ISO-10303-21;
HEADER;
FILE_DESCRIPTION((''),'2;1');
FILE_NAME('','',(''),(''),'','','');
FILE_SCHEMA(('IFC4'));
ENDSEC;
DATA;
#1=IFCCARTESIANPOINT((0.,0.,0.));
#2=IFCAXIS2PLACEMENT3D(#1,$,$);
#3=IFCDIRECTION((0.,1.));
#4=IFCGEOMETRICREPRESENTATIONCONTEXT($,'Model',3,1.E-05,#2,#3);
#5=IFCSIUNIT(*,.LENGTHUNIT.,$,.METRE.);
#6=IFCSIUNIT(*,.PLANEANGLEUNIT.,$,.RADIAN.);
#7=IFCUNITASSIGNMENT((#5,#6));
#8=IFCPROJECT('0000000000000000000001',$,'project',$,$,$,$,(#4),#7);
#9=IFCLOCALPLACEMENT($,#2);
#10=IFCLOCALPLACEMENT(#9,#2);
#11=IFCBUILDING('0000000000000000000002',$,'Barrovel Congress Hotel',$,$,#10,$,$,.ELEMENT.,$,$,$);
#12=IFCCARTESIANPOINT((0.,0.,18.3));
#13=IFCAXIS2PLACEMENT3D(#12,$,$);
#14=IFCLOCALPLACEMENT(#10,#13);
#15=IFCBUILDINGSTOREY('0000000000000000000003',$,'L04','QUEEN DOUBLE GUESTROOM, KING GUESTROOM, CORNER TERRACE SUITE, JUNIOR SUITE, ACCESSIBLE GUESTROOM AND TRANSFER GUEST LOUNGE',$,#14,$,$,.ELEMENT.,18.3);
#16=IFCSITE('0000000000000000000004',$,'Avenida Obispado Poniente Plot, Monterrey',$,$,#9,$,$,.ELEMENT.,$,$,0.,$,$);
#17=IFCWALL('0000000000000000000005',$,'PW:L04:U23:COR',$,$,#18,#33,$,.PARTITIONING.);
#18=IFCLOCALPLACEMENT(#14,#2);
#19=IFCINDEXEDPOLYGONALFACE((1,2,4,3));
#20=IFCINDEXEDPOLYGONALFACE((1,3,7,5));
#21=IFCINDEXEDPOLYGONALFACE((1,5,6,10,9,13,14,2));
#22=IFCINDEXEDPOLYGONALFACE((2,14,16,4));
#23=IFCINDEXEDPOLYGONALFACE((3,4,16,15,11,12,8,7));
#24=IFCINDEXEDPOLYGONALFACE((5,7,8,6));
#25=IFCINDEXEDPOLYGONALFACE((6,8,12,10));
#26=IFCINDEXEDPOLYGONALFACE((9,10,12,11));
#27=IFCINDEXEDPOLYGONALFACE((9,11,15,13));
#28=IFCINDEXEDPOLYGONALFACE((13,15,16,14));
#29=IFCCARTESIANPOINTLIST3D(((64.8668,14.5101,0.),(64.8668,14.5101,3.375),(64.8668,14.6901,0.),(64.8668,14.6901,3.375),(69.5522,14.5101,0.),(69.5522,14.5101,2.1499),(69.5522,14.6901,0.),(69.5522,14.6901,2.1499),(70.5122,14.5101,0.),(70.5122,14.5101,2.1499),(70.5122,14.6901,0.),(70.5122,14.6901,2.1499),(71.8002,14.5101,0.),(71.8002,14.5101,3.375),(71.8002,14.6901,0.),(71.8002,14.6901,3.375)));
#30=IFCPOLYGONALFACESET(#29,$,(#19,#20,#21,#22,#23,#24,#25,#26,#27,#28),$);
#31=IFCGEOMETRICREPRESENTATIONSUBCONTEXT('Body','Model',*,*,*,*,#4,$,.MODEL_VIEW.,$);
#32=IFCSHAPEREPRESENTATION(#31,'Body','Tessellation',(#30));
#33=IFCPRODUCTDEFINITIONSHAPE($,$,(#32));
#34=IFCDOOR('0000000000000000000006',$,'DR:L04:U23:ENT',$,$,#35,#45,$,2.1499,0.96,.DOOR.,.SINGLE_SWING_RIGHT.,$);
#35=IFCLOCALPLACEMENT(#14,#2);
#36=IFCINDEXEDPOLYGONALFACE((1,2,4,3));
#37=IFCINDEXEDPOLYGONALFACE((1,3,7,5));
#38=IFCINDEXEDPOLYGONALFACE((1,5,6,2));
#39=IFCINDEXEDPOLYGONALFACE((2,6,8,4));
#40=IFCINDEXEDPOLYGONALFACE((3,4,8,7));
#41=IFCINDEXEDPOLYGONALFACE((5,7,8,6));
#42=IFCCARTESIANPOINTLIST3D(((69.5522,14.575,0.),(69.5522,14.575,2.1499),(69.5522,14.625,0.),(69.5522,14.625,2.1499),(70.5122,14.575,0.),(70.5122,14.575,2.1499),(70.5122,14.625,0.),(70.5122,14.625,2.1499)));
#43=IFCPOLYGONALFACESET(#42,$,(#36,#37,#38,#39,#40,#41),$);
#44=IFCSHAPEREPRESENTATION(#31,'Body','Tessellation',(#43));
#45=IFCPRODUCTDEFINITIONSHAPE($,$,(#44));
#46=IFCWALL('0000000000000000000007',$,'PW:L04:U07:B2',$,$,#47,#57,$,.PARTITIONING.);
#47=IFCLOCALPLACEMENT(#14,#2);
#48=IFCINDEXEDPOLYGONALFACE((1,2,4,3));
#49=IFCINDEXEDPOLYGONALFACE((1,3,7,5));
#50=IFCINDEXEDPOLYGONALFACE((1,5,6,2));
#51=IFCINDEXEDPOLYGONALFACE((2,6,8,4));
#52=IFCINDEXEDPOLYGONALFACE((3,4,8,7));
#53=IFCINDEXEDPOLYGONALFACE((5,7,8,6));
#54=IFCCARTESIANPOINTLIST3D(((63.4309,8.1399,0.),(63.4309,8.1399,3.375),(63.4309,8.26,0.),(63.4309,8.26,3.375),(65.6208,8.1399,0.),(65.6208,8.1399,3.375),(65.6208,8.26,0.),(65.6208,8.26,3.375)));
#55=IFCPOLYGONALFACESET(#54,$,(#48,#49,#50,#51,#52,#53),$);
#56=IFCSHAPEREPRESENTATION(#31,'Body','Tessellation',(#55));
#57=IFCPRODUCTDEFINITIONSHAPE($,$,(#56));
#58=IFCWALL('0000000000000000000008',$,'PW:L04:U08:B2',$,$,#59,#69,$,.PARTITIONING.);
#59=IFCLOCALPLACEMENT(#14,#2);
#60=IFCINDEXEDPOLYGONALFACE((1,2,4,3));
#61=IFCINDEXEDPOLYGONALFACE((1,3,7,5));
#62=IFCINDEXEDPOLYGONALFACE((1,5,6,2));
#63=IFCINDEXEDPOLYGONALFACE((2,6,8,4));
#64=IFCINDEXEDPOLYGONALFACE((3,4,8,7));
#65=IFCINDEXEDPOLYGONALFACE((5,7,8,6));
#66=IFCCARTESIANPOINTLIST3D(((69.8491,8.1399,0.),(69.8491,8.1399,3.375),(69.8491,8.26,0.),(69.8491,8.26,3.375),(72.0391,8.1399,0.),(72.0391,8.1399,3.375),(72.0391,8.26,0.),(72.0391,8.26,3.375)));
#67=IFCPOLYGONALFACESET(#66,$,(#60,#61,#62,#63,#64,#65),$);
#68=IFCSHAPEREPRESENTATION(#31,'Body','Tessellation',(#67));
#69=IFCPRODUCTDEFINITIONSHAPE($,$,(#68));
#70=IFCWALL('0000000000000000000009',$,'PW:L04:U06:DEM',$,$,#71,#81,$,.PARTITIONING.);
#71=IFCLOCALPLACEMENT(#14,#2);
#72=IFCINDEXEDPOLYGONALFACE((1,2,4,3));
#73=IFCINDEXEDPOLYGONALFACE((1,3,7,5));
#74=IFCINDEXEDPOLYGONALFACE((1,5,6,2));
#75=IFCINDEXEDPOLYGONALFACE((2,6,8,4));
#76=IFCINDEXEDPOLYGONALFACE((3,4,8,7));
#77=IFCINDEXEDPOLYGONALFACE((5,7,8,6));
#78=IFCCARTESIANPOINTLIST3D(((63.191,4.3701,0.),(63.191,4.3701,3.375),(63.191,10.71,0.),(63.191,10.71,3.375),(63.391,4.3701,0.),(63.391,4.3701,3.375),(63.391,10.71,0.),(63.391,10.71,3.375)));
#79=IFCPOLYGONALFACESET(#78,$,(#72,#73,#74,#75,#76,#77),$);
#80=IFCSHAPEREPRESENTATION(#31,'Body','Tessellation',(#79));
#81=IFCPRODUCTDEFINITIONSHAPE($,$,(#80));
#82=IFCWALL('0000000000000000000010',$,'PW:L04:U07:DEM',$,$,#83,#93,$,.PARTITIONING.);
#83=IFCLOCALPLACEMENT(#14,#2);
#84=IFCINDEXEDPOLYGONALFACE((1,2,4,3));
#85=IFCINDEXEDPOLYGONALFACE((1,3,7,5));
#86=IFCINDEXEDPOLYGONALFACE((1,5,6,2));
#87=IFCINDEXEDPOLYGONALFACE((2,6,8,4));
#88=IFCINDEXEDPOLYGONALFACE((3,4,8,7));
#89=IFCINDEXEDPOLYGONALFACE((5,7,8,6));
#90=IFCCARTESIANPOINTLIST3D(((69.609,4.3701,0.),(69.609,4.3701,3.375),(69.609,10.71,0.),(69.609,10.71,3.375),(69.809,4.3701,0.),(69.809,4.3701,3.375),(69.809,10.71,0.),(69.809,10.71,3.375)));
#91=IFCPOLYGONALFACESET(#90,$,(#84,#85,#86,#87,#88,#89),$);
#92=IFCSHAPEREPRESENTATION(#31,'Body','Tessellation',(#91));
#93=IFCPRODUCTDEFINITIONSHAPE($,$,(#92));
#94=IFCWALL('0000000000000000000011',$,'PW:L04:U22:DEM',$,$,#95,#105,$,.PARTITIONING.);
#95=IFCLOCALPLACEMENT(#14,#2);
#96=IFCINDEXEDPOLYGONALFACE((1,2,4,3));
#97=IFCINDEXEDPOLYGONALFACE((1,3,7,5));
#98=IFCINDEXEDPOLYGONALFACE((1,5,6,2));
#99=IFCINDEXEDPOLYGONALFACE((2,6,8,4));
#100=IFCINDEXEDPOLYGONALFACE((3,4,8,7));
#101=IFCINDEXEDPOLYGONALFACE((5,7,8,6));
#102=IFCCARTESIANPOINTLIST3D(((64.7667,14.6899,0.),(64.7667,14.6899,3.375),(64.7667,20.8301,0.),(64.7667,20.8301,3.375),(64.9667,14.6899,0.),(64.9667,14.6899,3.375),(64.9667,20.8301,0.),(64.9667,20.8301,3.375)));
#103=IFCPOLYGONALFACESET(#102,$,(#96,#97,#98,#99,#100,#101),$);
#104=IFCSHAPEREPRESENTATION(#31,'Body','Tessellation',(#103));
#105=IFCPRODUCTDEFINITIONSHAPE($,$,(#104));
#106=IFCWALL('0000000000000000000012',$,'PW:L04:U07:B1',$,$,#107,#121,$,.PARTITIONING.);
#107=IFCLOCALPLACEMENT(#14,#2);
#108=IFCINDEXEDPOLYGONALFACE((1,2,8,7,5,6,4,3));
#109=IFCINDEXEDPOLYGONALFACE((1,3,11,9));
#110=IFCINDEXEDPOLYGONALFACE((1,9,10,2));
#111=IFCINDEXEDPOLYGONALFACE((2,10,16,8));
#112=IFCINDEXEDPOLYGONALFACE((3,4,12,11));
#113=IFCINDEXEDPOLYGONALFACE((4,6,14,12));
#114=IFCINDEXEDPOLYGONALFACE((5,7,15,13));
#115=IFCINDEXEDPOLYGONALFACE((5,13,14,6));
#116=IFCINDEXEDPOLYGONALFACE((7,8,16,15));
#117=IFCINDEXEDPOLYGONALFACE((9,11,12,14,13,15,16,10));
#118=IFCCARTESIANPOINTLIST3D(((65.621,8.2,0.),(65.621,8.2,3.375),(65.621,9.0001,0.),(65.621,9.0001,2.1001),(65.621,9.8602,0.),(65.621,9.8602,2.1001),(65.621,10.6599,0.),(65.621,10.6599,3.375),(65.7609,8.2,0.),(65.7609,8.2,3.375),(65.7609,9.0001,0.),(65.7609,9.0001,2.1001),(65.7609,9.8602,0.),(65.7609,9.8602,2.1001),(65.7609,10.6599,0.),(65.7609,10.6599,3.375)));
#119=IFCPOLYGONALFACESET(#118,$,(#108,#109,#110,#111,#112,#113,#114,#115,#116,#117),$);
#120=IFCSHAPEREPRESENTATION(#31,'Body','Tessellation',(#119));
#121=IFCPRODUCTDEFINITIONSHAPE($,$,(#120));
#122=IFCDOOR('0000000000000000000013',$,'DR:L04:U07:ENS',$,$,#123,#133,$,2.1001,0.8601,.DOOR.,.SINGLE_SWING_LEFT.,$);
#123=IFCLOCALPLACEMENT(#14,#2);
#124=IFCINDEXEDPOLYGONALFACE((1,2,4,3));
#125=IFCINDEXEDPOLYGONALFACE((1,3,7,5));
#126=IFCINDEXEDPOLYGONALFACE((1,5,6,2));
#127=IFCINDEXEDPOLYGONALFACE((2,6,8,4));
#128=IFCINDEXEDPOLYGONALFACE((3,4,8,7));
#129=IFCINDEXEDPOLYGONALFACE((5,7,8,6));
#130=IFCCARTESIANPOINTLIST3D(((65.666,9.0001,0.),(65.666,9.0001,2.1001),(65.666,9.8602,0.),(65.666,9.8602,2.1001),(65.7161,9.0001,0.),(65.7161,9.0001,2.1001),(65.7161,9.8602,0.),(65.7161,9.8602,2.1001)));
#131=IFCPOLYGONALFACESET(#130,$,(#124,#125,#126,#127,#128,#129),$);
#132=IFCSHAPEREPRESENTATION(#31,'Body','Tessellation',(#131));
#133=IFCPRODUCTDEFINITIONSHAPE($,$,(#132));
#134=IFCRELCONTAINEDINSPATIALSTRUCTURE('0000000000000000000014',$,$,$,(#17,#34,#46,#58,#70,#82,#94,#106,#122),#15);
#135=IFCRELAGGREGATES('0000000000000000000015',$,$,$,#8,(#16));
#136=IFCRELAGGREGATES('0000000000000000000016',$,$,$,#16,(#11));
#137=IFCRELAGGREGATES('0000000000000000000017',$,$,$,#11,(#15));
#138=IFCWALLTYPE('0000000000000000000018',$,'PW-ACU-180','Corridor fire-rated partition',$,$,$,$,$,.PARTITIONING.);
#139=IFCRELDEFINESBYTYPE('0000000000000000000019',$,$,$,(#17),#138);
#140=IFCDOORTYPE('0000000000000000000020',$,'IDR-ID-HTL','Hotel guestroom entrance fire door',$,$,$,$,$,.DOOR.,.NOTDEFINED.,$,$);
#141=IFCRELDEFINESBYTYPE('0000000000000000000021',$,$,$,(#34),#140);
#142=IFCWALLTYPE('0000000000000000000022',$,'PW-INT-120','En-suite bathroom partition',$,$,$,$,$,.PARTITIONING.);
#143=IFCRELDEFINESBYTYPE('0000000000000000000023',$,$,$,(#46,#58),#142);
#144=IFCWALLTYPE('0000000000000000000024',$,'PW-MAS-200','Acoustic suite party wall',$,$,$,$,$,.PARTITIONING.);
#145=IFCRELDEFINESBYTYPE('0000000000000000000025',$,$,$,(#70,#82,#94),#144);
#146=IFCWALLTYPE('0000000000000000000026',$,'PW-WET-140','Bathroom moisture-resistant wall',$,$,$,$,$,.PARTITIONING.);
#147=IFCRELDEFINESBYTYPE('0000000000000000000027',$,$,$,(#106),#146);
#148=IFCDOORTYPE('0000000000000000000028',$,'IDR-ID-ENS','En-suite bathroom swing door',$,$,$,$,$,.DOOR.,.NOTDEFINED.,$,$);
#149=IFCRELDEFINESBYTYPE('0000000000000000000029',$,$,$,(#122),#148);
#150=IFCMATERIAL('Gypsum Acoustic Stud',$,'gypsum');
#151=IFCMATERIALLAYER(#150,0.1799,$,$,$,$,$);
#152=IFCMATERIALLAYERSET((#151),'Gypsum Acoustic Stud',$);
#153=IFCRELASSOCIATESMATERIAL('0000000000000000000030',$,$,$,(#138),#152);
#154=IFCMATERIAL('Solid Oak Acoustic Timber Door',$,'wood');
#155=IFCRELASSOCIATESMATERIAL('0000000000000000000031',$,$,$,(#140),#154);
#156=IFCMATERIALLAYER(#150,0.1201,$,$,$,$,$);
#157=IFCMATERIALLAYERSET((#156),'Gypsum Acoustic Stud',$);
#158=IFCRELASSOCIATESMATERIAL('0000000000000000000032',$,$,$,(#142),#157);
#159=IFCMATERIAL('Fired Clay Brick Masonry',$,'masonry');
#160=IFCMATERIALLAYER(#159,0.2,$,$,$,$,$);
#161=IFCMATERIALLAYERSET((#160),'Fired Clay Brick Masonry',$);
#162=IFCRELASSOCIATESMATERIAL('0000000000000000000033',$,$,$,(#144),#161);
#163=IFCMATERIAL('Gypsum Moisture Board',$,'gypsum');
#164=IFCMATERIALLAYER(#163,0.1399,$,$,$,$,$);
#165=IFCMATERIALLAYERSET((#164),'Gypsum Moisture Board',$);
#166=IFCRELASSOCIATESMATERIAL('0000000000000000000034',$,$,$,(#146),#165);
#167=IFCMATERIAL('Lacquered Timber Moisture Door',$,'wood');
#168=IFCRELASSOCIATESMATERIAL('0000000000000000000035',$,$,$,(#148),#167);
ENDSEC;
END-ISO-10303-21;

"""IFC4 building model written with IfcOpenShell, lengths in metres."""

from ifc_helpers import new_model, si_unit, direction, frame, frame_2d, origin, place, context, subcontext, project, spatial, rectangle, extrude, material, layer, layer_set, type_object, element, fill, save


model = new_model("IFC4")

# Units and contexts
model_context = context("Model", 3, precision=1e-05, world=origin(), true_north=direction((0.0, 1.0)))
body_context = subcontext(model_context, "Body", "Model", "MODEL_VIEW")
ifc_project = project(units=[si_unit("LENGTHUNIT", "METRE"), si_unit("PLANEANGLEUNIT", "RADIAN")], contexts=[model_context])

# Site, building, storey
site_placement = place(None, origin())
site = spatial("IfcSite", under=ifc_project, at=site_placement, Name="Avenida Obispado Poniente Plot, Monterrey", CompositionType="ELEMENT", RefElevation=0.0)
building_placement = place(site_placement, origin())
building = spatial("IfcBuilding", under=site, at=building_placement, Name="Barrovel Congress Hotel", CompositionType="ELEMENT")
storey_placement = place(building_placement, frame((0.0, 0.0, 18.3)))
storey = spatial("IfcBuildingStorey", under=building, at=storey_placement, Name="L04", Description="QUEEN DOUBLE GUESTROOM, KING GUESTROOM, CORNER TERRACE SUITE, JUNIOR SUITE, ACCESSIBLE GUESTROOM AND TRANSFER GUEST LOUNGE", CompositionType="ELEMENT", Elevation=18.3)

# Shared definitions
ifc_material_1 = material(Name="Fired Clay Brick Masonry", Category="masonry")

# Wall, opening, door
ifc_material_2 = material(Name="Gypsum Acoustic Stud", Category="gypsum")
ifc_layer_1 = layer(ifc_material_2, 0.1799)
ifc_layer_set_1 = layer_set([ifc_layer_1], Name="Gypsum Acoustic Stud")
wall_type_1 = type_object("IfcWallType", Name="PW-ACU-180", Description="Corridor fire-rated partition", PredefinedType="PARTITIONING", material=ifc_layer_set_1)
ifc_material_3 = material(Name="Solid Oak Acoustic Timber Door", Category="wood")
door_type_1 = type_object("IfcDoorType", Name="IDR-ID-HTL", Description="Hotel guestroom entrance fire door", OperationType="NOTDEFINED", PredefinedType="DOOR", material=ifc_material_3)
wall_1_placement = place(storey_placement, frame((64.8667, 14.6001, 0.0), z_axis=(0.0, 0.0, 1.0), x_axis=(1.0, 0.0, 0.0)))
wall_1 = element("IfcWall", 1, at=wall_1_placement, inside=storey, type_object=wall_type_1, Name="PW:L04:U23:COR", PredefinedType="PARTITIONING", context=body_context, shape_type="SweptSolid", body=[
    extrude(rectangle(XDim=6.9333, YDim=0.1799, at=frame_2d((3.4668, 0.0))), origin(), (0.0, 0.0, 1.0), 3.375),
])
opening_1_placement = place(wall_1_placement, frame((4.6855, 0.0, 0.0)))
opening_1 = element("IfcOpeningElement", 2, at=opening_1_placement, cuts=wall_1, PredefinedType="OPENING", context=body_context, shape_type="SweptSolid", body=[
    extrude(rectangle(XDim=0.96, YDim=2.1499, at=frame_2d((0.48, 1.075))), frame((0.0, 0.1001, 0.0), z_axis=(0.0, -1.0, 0.0), x_axis=(1.0, 0.0, 0.0)), (0.0, 0.0, 1.0), 0.2),
])
door_1_placement = place(opening_1_placement, origin())
door_1 = element("IfcDoor", 3, at=door_1_placement, inside=storey, type_object=door_type_1, Name="DR:L04:U23:ENT", OperationType="SINGLE_SWING_RIGHT", OverallHeight=2.1499, OverallWidth=0.96, PredefinedType="DOOR", context=body_context, shape_type="SweptSolid", body=[
    extrude(rectangle(XDim=0.96, YDim=2.1499, at=frame_2d((0.48, 1.075))), frame((0.0, 0.0249, 0.0), z_axis=(0.0, -1.0, 0.0), x_axis=(1.0, 0.0, 0.0)), (0.0, 0.0, 1.0), 0.05),
])
fill(opening_1, door_1)

# Walls
ifc_layer_2 = layer(ifc_material_2, 0.1201)
ifc_layer_set_2 = layer_set([ifc_layer_2], Name="Gypsum Acoustic Stud")
wall_type_2 = type_object("IfcWallType", Name="PW-INT-120", Description="En-suite bathroom partition", PredefinedType="PARTITIONING", material=ifc_layer_set_2)
for number, where, z_axis, x_axis, name in (
    (4, (63.4309, 8.2, 0.0), (0.0, 0.0, 1.0), (1.0, 0.0, 0.0), "PW:L04:U07:B2"),
    (5, (69.8491, 8.2, 0.0), (0.0, 0.0, 1.0), (1.0, 0.0, 0.0), "PW:L04:U08:B2"),
):
    element("IfcWall", number, at=place(storey_placement, frame(where, z_axis=z_axis, x_axis=x_axis)), inside=storey, type_object=wall_type_2, Name=name, PredefinedType="PARTITIONING", context=body_context, shape_type="SweptSolid", body=[
        extrude(rectangle(XDim=2.1899, YDim=0.1201, at=frame_2d((1.095, 0.0))), origin(), (0.0, 0.0, 1.0), 3.375),
    ])
ifc_layer_3 = layer(ifc_material_1, 0.2)
ifc_layer_set_3 = layer_set([ifc_layer_3], Name="Fired Clay Brick Masonry")
wall_type_3 = type_object("IfcWallType", Name="PW-MAS-200", Description="Acoustic suite party wall", PredefinedType="PARTITIONING", material=ifc_layer_set_3)
for number, where, z_axis, x_axis, name in (
    (6, (63.291, 4.3701, 0.0), (0.0, 0.0, 1.0), (0.0, 1.0, 0.0), "PW:L04:U06:DEM"),
    (7, (69.709, 4.3701, 0.0), (0.0, 0.0, 1.0), (0.0, 1.0, 0.0), "PW:L04:U07:DEM"),
):
    element("IfcWall", number, at=place(storey_placement, frame(where, z_axis=z_axis, x_axis=x_axis)), inside=storey, type_object=wall_type_3, Name=name, PredefinedType="PARTITIONING", context=body_context, shape_type="SweptSolid", body=[
        extrude(rectangle(XDim=6.3398, YDim=0.2, at=frame_2d((3.1699, 0.0))), origin(), (0.0, 0.0, 1.0), 3.375),
    ])
wall_2_placement = place(storey_placement, frame((64.8667, 14.6899, 0.0), z_axis=(0.0, 0.0, 1.0), x_axis=(0.0, 1.0, 0.0)))
element("IfcWall", 8, at=wall_2_placement, inside=storey, type_object=wall_type_3, Name="PW:L04:U22:DEM", PredefinedType="PARTITIONING", context=body_context, shape_type="SweptSolid", body=[
    extrude(rectangle(XDim=6.1401, YDim=0.2, at=frame_2d((3.0701, 0.0))), origin(), (0.0, 0.0, 1.0), 3.375),
])

# Wall, opening, door
ifc_material_4 = material(Name="Gypsum Moisture Board", Category="gypsum")
ifc_layer_4 = layer(ifc_material_4, 0.1399)
ifc_layer_set_4 = layer_set([ifc_layer_4], Name="Gypsum Moisture Board")
wall_type_4 = type_object("IfcWallType", Name="PW-WET-140", Description="Bathroom moisture-resistant wall", PredefinedType="PARTITIONING", material=ifc_layer_set_4)
wall_3_placement = place(storey_placement, frame((65.6909, 8.2, 0.0), z_axis=(0.0, 0.0, 1.0), x_axis=(0.0, 1.0, 0.0)))
wall_3 = element("IfcWall", 9, at=wall_3_placement, inside=storey, type_object=wall_type_4, Name="PW:L04:U07:B1", PredefinedType="PARTITIONING", context=body_context, shape_type="SweptSolid", body=[
    extrude(rectangle(XDim=2.46, YDim=0.1399, at=frame_2d((1.23, 0.0))), origin(), (0.0, 0.0, 1.0), 3.375),
])
opening_2_placement = place(wall_3_placement, frame((0.8, 0.0, 0.0)))
opening_2 = element("IfcOpeningElement", 10, at=opening_2_placement, cuts=wall_3, PredefinedType="OPENING", context=body_context, shape_type="SweptSolid", body=[
    extrude(rectangle(XDim=0.8601, YDim=2.1001, at=frame_2d((0.4302, 1.05))), frame((0.0, 0.0801, 0.0), z_axis=(0.0, -1.0, 0.0), x_axis=(1.0, 0.0, 0.0)), (0.0, 0.0, 1.0), 0.1599),
])
ifc_material_5 = material(Name="Lacquered Timber Moisture Door", Category="wood")
door_type_2 = type_object("IfcDoorType", Name="IDR-ID-ENS", Description="En-suite bathroom swing door", OperationType="NOTDEFINED", PredefinedType="DOOR", material=ifc_material_5)
door_2_placement = place(opening_2_placement, origin())
door_2 = element("IfcDoor", 11, at=door_2_placement, inside=storey, type_object=door_type_2, Name="DR:L04:U07:ENS", OperationType="SINGLE_SWING_LEFT", OverallHeight=2.1001, OverallWidth=0.8601, PredefinedType="DOOR", context=body_context, shape_type="SweptSolid", body=[
    extrude(rectangle(XDim=0.8601, YDim=2.1001, at=frame_2d((0.4302, 1.05))), frame((0.0, 0.0249, 0.0), z_axis=(0.0, -1.0, 0.0), x_axis=(1.0, 0.0, 0.0)), (0.0, 0.0, 1.0), 0.05),
])
fill(opening_2, door_2)

save(model, "model.ifc")
